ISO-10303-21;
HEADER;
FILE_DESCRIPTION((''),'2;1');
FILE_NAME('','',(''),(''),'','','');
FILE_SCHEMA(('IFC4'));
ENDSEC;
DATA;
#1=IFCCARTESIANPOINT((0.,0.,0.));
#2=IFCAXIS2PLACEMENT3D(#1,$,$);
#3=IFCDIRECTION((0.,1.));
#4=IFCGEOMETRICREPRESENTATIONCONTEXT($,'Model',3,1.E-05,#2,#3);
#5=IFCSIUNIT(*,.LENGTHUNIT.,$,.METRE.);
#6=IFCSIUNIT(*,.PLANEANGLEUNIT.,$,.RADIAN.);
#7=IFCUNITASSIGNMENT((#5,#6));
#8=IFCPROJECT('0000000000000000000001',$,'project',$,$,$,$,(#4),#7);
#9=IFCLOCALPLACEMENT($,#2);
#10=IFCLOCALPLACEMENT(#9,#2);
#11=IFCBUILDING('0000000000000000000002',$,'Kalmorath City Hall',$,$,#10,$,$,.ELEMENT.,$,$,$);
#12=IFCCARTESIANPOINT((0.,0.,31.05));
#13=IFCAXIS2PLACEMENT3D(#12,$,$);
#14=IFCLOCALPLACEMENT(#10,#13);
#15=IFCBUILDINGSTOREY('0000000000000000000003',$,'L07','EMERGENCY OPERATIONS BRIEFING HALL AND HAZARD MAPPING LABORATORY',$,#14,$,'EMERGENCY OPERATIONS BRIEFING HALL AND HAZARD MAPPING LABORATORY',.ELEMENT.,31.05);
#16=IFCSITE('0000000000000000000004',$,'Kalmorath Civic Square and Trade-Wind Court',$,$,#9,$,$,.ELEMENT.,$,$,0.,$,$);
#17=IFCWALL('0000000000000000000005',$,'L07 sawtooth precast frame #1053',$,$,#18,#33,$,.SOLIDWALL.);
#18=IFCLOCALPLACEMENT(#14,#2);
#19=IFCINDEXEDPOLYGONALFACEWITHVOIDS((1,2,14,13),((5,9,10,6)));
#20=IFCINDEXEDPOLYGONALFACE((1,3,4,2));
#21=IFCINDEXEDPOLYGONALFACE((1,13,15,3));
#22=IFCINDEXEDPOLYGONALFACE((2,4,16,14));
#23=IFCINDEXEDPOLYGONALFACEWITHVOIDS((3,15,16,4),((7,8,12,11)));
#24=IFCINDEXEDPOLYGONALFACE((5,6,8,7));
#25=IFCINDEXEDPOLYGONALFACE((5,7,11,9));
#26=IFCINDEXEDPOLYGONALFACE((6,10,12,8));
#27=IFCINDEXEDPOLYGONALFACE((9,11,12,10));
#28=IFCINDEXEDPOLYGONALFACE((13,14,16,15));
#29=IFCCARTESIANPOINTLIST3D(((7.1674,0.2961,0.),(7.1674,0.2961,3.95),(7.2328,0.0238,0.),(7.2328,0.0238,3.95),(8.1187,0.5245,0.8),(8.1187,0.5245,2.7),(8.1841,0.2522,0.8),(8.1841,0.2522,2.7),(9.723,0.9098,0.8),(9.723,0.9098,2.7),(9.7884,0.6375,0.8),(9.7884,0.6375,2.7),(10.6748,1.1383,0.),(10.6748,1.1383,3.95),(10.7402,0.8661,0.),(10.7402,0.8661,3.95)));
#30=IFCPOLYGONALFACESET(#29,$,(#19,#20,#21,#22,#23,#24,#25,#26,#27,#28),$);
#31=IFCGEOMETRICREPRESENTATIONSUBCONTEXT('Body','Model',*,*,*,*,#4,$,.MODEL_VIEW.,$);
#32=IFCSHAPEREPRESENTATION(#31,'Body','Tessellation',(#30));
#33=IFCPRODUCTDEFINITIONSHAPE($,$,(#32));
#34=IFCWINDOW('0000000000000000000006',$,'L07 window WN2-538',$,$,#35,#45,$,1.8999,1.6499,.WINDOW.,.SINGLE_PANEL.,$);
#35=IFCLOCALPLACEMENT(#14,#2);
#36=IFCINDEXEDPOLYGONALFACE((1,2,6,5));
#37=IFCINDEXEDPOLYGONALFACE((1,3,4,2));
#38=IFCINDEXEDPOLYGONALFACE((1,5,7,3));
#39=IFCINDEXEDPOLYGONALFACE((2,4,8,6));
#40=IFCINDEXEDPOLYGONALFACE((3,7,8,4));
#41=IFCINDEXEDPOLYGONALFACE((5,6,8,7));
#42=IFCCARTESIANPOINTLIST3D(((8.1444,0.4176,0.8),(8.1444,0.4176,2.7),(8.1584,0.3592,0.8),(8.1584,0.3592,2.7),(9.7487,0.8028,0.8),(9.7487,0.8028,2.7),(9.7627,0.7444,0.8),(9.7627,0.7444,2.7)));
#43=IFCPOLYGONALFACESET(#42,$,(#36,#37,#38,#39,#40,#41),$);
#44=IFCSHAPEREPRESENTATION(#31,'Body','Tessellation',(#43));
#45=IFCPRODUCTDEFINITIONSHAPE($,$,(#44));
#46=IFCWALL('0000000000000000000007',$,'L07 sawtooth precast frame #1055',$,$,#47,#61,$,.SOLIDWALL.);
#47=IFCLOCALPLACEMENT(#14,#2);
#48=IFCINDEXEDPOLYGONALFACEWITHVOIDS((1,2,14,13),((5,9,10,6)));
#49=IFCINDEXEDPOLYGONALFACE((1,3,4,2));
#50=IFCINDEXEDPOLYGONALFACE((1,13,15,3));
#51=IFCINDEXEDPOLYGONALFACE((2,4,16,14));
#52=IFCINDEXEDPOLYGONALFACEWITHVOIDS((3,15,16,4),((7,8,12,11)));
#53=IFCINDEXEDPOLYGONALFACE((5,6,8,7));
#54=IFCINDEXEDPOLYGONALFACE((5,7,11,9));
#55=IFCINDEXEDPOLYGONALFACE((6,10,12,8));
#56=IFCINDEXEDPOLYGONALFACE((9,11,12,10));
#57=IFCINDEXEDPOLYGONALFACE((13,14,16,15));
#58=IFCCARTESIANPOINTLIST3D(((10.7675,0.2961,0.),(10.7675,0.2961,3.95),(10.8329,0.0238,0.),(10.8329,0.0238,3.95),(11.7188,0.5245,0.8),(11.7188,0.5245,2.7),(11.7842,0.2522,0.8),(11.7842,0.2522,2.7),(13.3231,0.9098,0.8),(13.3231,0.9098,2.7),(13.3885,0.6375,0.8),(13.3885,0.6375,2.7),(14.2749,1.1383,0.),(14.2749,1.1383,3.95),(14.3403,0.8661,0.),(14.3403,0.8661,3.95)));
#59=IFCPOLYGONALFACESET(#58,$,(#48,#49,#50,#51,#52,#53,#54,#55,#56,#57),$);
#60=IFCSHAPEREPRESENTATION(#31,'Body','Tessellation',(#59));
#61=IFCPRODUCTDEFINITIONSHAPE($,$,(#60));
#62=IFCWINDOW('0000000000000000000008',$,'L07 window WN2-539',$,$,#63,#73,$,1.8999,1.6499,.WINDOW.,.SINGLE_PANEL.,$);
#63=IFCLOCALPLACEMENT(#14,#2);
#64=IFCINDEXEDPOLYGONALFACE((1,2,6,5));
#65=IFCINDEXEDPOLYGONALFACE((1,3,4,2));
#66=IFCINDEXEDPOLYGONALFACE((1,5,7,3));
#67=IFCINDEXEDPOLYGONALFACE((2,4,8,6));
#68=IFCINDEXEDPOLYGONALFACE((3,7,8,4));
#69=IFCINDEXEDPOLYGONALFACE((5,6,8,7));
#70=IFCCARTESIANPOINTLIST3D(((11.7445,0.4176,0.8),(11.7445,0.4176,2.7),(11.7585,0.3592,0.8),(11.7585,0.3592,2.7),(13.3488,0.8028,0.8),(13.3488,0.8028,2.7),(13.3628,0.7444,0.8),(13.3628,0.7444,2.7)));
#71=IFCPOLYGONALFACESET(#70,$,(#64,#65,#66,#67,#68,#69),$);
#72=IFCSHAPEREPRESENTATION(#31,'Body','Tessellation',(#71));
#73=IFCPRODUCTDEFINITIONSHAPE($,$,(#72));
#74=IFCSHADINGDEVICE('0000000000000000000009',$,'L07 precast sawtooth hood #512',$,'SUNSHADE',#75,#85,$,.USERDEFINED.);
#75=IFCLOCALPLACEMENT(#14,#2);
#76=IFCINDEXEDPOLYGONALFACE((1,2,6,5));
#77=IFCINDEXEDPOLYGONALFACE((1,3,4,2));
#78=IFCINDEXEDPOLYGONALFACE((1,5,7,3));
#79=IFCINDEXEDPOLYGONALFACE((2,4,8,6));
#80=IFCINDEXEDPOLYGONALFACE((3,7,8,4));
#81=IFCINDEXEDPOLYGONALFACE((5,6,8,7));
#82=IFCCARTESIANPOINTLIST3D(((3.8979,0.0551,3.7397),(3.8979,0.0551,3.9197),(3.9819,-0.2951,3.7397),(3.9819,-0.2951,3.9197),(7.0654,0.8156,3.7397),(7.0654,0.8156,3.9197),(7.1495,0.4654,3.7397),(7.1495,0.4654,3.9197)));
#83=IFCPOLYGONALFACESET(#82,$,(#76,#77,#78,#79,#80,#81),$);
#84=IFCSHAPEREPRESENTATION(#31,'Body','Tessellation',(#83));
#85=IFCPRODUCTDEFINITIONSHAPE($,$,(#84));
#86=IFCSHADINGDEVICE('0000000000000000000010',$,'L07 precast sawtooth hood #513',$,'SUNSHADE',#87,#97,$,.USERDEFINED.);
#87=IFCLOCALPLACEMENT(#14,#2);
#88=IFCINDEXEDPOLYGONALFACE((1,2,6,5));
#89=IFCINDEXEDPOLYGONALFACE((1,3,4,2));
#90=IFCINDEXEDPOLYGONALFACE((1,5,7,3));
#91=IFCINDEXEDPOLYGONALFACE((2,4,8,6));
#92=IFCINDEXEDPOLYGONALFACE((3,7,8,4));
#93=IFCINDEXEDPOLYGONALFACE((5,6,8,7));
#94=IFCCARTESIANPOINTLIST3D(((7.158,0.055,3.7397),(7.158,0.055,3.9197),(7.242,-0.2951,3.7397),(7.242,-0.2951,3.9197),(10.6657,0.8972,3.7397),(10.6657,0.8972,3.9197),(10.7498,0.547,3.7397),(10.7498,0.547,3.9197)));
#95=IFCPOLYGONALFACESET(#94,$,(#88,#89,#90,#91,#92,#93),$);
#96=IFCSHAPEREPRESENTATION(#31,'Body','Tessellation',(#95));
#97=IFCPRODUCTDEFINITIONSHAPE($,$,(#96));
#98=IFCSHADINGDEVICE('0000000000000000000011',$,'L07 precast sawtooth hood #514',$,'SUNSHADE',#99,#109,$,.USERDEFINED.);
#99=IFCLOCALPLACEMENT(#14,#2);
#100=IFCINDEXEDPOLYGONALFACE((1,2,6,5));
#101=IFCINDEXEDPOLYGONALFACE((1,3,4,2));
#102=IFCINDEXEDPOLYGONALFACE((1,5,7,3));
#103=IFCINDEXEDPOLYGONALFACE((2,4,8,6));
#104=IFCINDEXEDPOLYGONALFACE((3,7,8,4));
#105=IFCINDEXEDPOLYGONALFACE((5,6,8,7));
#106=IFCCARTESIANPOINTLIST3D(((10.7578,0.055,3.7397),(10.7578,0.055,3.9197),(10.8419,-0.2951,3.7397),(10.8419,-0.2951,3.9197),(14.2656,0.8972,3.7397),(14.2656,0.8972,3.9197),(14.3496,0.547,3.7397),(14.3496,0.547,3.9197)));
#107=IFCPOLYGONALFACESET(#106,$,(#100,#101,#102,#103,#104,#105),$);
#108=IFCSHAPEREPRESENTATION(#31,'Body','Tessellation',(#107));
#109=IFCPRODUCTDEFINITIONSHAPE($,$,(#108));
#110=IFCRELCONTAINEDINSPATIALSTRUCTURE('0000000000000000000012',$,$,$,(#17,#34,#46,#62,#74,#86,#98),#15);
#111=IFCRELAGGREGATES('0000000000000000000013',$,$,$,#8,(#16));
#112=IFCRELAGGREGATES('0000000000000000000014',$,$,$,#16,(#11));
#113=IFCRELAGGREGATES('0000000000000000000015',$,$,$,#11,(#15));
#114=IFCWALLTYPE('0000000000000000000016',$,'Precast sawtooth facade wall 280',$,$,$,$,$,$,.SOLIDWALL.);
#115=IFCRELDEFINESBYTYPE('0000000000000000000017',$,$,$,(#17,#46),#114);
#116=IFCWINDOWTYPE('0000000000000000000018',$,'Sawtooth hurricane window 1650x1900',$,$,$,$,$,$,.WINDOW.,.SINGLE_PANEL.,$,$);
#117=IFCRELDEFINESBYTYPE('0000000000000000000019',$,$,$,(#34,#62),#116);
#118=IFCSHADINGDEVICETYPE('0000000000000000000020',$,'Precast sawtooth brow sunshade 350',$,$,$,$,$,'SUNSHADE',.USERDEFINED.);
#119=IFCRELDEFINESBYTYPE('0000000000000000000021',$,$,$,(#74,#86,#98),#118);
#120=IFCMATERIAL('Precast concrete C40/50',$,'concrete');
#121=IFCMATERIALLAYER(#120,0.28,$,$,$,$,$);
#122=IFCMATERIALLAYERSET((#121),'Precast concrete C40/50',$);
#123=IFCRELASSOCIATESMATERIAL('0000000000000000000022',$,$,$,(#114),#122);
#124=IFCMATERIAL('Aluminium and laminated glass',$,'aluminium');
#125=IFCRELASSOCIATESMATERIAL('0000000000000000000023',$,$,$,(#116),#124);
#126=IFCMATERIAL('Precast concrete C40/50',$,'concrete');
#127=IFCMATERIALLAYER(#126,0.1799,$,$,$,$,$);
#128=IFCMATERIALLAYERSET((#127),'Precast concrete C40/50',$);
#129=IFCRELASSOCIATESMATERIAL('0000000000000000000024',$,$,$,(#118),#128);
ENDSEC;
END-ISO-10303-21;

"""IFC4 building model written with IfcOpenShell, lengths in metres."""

from ifc_helpers import new_model, si_unit, direction, frame, frame_2d, origin, origin_2d, place, context, subcontext, project, spatial, rectangle, extrude, material, layer, layer_set, type_object, element, fill, save


model = new_model("IFC4")

# Units and contexts
model_context = context("Model", 3, precision=1e-05, world=origin(), true_north=direction((0.0, 1.0)))
body_context = subcontext(model_context, "Body", "Model", "MODEL_VIEW")
ifc_project = project(units=[si_unit("LENGTHUNIT", "METRE"), si_unit("PLANEANGLEUNIT", "RADIAN")], contexts=[model_context])

# Site, building, storey
site_placement = place(None, origin())
site = spatial("IfcSite", under=ifc_project, at=site_placement, Name="Kalmorath Civic Square and Trade-Wind Court", CompositionType="ELEMENT", RefElevation=0.0)
building_placement = place(site_placement, origin())
building = spatial("IfcBuilding", under=site, at=building_placement, Name="Kalmorath City Hall", CompositionType="ELEMENT")
storey_placement = place(building_placement, frame((0.0, 0.0, 31.05)))
storey = spatial("IfcBuildingStorey", under=building, at=storey_placement, Name="L07", Description="EMERGENCY OPERATIONS BRIEFING HALL AND HAZARD MAPPING LABORATORY", LongName="EMERGENCY OPERATIONS BRIEFING HALL AND HAZARD MAPPING LABORATORY", CompositionType="ELEMENT", Elevation=31.05)

# Walls, openings, windows
ifc_material_1 = material(Name="Precast concrete C40/50", Category="concrete")
ifc_layer_1 = layer(ifc_material_1, 0.28)
ifc_layer_set_1 = layer_set([ifc_layer_1], Name="Precast concrete C40/50")
wall_type_1 = type_object("IfcWallType", Name="Precast sawtooth facade wall 280", PredefinedType="SOLIDWALL", material=ifc_layer_set_1)
ifc_material_2 = material(Name="Aluminium and laminated glass", Category="aluminium")
window_type = type_object("IfcWindowType", Name="Sawtooth hurricane window 1650x1900", PartitioningType="SINGLE_PANEL", PredefinedType="WINDOW", material=ifc_material_2)
wall_1_placement = place(storey_placement, frame((7.2, 0.1599, 0.0), z_axis=(0.0, 0.0, 1.0), x_axis=(0.972358, 0.233496, 0.0)))
wall_1 = element("IfcWall", 1, at=wall_1_placement, inside=storey, type_object=wall_type_1, Name="L07 sawtooth precast frame #1053", PredefinedType="SOLIDWALL", context=body_context, shape_type="SweptSolid", body=[
    extrude(rectangle(XDim=3.6072, YDim=0.28, at=frame_2d((1.8037, 0.0))), origin(), (0.0, 0.0, 1.0), 3.95),
])
opening_1_placement = place(wall_1_placement, frame((0.9785, 0.0, 0.8)))
opening_1 = element("IfcOpeningElement", 2, at=opening_1_placement, cuts=wall_1, PredefinedType="OPENING", context=body_context, shape_type="SweptSolid", body=[
    extrude(rectangle(XDim=1.6499, YDim=1.8999, at=frame_2d((0.825, 0.95))), frame((0.0, 0.1499, 0.0), z_axis=(0.0, -1.0, 0.0), x_axis=(1.0, 0.0, 0.0)), (0.0, 0.0, 1.0), 0.3),
])
window_1_placement = place(opening_1_placement, origin())
window_1 = element("IfcWindow", 3, at=window_1_placement, inside=storey, type_object=window_type, Name="L07 window WN2-538", OverallHeight=1.8999, OverallWidth=1.6499, PartitioningType="SINGLE_PANEL", PredefinedType="WINDOW", context=body_context, shape_type="SweptSolid", body=[
    extrude(rectangle(XDim=1.6499, YDim=1.8999, at=frame_2d((0.825, 0.95))), frame((0.0, 0.03, 0.0), z_axis=(0.0, -1.0, 0.0), x_axis=(1.0, 0.0, 0.0)), (0.0, 0.0, 1.0), 0.0601),
])
fill(opening_1, window_1)
wall_2_placement = place(storey_placement, frame((10.8, 0.1599, 0.0), z_axis=(0.0, 0.0, 1.0), x_axis=(0.972358, 0.233496, 0.0)))
wall_2 = element("IfcWall", 4, at=wall_2_placement, inside=storey, type_object=wall_type_1, Name="L07 sawtooth precast frame #1055", PredefinedType="SOLIDWALL", context=body_context, shape_type="SweptSolid", body=[
    extrude(rectangle(XDim=3.6072, YDim=0.28, at=frame_2d((1.8037, 0.0))), origin(), (0.0, 0.0, 1.0), 3.95),
])
opening_2_placement = place(wall_2_placement, frame((0.9785, 0.0, 0.8)))
opening_2 = element("IfcOpeningElement", 5, at=opening_2_placement, cuts=wall_2, PredefinedType="OPENING", context=body_context, shape_type="SweptSolid", body=[
    extrude(rectangle(XDim=1.6499, YDim=1.8999, at=frame_2d((0.825, 0.95))), frame((0.0, 0.1499, 0.0), z_axis=(0.0, -1.0, 0.0), x_axis=(1.0, 0.0, 0.0)), (0.0, 0.0, 1.0), 0.3),
])
window_2_placement = place(opening_2_placement, origin())
window_2 = element("IfcWindow", 6, at=window_2_placement, inside=storey, type_object=window_type, Name="L07 window WN2-539", OverallHeight=1.8999, OverallWidth=1.6499, PartitioningType="SINGLE_PANEL", PredefinedType="WINDOW", context=body_context, shape_type="SweptSolid", body=[
    extrude(rectangle(XDim=1.6499, YDim=1.8999, at=frame_2d((0.825, 0.95))), frame((0.0, 0.03, 0.0), z_axis=(0.0, -1.0, 0.0), x_axis=(1.0, 0.0, 0.0)), (0.0, 0.0, 1.0), 0.0601),
])
fill(opening_2, window_2)

# Shading devices
ifc_material_3 = material(Name="Precast concrete C40/50", Category="concrete")
ifc_layer_2 = layer(ifc_material_3, 0.1799)
ifc_layer_set_2 = layer_set([ifc_layer_2], Name="Precast concrete C40/50")
shading_device_type = type_object("IfcShadingDeviceType", Name="Precast sawtooth brow sunshade 350", ElementType="SUNSHADE", PredefinedType="USERDEFINED", material=ifc_layer_set_2)
shading_device_placement = place(storey_placement, frame((5.5237, 0.2603, 3.7397), z_axis=(0.0, 0.0, 1.0), x_axis=(0.972366, 0.233462, 0.0)))
element("IfcShadingDevice", 7, at=shading_device_placement, inside=storey, type_object=shading_device_type, Name="L07 precast sawtooth hood #512", ObjectType="SUNSHADE", PredefinedType="USERDEFINED", context=body_context, shape_type="SweptSolid", body=[
    extrude(rectangle(XDim=3.2576, YDim=0.3601, at=origin_2d()), origin(), (0.0, 0.0, 1.0), 0.1799),
])
for number, where, z_axis, x_axis, name in (
    (8, (8.9539, 0.301, 3.7397), (0.0, 0.0, 1.0), (0.97237, 0.233445, 0.0), "L07 precast sawtooth hood #513"),
    (9, (12.5537, 0.301, 3.7397), (0.0, 0.0, 1.0), (0.97237, 0.233445, 0.0), "L07 precast sawtooth hood #514"),
):
    element("IfcShadingDevice", number, at=place(storey_placement, frame(where, z_axis=z_axis, x_axis=x_axis)), inside=storey, type_object=shading_device_type, Name=name, ObjectType="SUNSHADE", PredefinedType="USERDEFINED", context=body_context, shape_type="SweptSolid", body=[
        extrude(rectangle(XDim=3.6074, YDim=0.3601, at=origin_2d()), origin(), (0.0, 0.0, 1.0), 0.1799),
    ])

save(model, "model.ifc")
